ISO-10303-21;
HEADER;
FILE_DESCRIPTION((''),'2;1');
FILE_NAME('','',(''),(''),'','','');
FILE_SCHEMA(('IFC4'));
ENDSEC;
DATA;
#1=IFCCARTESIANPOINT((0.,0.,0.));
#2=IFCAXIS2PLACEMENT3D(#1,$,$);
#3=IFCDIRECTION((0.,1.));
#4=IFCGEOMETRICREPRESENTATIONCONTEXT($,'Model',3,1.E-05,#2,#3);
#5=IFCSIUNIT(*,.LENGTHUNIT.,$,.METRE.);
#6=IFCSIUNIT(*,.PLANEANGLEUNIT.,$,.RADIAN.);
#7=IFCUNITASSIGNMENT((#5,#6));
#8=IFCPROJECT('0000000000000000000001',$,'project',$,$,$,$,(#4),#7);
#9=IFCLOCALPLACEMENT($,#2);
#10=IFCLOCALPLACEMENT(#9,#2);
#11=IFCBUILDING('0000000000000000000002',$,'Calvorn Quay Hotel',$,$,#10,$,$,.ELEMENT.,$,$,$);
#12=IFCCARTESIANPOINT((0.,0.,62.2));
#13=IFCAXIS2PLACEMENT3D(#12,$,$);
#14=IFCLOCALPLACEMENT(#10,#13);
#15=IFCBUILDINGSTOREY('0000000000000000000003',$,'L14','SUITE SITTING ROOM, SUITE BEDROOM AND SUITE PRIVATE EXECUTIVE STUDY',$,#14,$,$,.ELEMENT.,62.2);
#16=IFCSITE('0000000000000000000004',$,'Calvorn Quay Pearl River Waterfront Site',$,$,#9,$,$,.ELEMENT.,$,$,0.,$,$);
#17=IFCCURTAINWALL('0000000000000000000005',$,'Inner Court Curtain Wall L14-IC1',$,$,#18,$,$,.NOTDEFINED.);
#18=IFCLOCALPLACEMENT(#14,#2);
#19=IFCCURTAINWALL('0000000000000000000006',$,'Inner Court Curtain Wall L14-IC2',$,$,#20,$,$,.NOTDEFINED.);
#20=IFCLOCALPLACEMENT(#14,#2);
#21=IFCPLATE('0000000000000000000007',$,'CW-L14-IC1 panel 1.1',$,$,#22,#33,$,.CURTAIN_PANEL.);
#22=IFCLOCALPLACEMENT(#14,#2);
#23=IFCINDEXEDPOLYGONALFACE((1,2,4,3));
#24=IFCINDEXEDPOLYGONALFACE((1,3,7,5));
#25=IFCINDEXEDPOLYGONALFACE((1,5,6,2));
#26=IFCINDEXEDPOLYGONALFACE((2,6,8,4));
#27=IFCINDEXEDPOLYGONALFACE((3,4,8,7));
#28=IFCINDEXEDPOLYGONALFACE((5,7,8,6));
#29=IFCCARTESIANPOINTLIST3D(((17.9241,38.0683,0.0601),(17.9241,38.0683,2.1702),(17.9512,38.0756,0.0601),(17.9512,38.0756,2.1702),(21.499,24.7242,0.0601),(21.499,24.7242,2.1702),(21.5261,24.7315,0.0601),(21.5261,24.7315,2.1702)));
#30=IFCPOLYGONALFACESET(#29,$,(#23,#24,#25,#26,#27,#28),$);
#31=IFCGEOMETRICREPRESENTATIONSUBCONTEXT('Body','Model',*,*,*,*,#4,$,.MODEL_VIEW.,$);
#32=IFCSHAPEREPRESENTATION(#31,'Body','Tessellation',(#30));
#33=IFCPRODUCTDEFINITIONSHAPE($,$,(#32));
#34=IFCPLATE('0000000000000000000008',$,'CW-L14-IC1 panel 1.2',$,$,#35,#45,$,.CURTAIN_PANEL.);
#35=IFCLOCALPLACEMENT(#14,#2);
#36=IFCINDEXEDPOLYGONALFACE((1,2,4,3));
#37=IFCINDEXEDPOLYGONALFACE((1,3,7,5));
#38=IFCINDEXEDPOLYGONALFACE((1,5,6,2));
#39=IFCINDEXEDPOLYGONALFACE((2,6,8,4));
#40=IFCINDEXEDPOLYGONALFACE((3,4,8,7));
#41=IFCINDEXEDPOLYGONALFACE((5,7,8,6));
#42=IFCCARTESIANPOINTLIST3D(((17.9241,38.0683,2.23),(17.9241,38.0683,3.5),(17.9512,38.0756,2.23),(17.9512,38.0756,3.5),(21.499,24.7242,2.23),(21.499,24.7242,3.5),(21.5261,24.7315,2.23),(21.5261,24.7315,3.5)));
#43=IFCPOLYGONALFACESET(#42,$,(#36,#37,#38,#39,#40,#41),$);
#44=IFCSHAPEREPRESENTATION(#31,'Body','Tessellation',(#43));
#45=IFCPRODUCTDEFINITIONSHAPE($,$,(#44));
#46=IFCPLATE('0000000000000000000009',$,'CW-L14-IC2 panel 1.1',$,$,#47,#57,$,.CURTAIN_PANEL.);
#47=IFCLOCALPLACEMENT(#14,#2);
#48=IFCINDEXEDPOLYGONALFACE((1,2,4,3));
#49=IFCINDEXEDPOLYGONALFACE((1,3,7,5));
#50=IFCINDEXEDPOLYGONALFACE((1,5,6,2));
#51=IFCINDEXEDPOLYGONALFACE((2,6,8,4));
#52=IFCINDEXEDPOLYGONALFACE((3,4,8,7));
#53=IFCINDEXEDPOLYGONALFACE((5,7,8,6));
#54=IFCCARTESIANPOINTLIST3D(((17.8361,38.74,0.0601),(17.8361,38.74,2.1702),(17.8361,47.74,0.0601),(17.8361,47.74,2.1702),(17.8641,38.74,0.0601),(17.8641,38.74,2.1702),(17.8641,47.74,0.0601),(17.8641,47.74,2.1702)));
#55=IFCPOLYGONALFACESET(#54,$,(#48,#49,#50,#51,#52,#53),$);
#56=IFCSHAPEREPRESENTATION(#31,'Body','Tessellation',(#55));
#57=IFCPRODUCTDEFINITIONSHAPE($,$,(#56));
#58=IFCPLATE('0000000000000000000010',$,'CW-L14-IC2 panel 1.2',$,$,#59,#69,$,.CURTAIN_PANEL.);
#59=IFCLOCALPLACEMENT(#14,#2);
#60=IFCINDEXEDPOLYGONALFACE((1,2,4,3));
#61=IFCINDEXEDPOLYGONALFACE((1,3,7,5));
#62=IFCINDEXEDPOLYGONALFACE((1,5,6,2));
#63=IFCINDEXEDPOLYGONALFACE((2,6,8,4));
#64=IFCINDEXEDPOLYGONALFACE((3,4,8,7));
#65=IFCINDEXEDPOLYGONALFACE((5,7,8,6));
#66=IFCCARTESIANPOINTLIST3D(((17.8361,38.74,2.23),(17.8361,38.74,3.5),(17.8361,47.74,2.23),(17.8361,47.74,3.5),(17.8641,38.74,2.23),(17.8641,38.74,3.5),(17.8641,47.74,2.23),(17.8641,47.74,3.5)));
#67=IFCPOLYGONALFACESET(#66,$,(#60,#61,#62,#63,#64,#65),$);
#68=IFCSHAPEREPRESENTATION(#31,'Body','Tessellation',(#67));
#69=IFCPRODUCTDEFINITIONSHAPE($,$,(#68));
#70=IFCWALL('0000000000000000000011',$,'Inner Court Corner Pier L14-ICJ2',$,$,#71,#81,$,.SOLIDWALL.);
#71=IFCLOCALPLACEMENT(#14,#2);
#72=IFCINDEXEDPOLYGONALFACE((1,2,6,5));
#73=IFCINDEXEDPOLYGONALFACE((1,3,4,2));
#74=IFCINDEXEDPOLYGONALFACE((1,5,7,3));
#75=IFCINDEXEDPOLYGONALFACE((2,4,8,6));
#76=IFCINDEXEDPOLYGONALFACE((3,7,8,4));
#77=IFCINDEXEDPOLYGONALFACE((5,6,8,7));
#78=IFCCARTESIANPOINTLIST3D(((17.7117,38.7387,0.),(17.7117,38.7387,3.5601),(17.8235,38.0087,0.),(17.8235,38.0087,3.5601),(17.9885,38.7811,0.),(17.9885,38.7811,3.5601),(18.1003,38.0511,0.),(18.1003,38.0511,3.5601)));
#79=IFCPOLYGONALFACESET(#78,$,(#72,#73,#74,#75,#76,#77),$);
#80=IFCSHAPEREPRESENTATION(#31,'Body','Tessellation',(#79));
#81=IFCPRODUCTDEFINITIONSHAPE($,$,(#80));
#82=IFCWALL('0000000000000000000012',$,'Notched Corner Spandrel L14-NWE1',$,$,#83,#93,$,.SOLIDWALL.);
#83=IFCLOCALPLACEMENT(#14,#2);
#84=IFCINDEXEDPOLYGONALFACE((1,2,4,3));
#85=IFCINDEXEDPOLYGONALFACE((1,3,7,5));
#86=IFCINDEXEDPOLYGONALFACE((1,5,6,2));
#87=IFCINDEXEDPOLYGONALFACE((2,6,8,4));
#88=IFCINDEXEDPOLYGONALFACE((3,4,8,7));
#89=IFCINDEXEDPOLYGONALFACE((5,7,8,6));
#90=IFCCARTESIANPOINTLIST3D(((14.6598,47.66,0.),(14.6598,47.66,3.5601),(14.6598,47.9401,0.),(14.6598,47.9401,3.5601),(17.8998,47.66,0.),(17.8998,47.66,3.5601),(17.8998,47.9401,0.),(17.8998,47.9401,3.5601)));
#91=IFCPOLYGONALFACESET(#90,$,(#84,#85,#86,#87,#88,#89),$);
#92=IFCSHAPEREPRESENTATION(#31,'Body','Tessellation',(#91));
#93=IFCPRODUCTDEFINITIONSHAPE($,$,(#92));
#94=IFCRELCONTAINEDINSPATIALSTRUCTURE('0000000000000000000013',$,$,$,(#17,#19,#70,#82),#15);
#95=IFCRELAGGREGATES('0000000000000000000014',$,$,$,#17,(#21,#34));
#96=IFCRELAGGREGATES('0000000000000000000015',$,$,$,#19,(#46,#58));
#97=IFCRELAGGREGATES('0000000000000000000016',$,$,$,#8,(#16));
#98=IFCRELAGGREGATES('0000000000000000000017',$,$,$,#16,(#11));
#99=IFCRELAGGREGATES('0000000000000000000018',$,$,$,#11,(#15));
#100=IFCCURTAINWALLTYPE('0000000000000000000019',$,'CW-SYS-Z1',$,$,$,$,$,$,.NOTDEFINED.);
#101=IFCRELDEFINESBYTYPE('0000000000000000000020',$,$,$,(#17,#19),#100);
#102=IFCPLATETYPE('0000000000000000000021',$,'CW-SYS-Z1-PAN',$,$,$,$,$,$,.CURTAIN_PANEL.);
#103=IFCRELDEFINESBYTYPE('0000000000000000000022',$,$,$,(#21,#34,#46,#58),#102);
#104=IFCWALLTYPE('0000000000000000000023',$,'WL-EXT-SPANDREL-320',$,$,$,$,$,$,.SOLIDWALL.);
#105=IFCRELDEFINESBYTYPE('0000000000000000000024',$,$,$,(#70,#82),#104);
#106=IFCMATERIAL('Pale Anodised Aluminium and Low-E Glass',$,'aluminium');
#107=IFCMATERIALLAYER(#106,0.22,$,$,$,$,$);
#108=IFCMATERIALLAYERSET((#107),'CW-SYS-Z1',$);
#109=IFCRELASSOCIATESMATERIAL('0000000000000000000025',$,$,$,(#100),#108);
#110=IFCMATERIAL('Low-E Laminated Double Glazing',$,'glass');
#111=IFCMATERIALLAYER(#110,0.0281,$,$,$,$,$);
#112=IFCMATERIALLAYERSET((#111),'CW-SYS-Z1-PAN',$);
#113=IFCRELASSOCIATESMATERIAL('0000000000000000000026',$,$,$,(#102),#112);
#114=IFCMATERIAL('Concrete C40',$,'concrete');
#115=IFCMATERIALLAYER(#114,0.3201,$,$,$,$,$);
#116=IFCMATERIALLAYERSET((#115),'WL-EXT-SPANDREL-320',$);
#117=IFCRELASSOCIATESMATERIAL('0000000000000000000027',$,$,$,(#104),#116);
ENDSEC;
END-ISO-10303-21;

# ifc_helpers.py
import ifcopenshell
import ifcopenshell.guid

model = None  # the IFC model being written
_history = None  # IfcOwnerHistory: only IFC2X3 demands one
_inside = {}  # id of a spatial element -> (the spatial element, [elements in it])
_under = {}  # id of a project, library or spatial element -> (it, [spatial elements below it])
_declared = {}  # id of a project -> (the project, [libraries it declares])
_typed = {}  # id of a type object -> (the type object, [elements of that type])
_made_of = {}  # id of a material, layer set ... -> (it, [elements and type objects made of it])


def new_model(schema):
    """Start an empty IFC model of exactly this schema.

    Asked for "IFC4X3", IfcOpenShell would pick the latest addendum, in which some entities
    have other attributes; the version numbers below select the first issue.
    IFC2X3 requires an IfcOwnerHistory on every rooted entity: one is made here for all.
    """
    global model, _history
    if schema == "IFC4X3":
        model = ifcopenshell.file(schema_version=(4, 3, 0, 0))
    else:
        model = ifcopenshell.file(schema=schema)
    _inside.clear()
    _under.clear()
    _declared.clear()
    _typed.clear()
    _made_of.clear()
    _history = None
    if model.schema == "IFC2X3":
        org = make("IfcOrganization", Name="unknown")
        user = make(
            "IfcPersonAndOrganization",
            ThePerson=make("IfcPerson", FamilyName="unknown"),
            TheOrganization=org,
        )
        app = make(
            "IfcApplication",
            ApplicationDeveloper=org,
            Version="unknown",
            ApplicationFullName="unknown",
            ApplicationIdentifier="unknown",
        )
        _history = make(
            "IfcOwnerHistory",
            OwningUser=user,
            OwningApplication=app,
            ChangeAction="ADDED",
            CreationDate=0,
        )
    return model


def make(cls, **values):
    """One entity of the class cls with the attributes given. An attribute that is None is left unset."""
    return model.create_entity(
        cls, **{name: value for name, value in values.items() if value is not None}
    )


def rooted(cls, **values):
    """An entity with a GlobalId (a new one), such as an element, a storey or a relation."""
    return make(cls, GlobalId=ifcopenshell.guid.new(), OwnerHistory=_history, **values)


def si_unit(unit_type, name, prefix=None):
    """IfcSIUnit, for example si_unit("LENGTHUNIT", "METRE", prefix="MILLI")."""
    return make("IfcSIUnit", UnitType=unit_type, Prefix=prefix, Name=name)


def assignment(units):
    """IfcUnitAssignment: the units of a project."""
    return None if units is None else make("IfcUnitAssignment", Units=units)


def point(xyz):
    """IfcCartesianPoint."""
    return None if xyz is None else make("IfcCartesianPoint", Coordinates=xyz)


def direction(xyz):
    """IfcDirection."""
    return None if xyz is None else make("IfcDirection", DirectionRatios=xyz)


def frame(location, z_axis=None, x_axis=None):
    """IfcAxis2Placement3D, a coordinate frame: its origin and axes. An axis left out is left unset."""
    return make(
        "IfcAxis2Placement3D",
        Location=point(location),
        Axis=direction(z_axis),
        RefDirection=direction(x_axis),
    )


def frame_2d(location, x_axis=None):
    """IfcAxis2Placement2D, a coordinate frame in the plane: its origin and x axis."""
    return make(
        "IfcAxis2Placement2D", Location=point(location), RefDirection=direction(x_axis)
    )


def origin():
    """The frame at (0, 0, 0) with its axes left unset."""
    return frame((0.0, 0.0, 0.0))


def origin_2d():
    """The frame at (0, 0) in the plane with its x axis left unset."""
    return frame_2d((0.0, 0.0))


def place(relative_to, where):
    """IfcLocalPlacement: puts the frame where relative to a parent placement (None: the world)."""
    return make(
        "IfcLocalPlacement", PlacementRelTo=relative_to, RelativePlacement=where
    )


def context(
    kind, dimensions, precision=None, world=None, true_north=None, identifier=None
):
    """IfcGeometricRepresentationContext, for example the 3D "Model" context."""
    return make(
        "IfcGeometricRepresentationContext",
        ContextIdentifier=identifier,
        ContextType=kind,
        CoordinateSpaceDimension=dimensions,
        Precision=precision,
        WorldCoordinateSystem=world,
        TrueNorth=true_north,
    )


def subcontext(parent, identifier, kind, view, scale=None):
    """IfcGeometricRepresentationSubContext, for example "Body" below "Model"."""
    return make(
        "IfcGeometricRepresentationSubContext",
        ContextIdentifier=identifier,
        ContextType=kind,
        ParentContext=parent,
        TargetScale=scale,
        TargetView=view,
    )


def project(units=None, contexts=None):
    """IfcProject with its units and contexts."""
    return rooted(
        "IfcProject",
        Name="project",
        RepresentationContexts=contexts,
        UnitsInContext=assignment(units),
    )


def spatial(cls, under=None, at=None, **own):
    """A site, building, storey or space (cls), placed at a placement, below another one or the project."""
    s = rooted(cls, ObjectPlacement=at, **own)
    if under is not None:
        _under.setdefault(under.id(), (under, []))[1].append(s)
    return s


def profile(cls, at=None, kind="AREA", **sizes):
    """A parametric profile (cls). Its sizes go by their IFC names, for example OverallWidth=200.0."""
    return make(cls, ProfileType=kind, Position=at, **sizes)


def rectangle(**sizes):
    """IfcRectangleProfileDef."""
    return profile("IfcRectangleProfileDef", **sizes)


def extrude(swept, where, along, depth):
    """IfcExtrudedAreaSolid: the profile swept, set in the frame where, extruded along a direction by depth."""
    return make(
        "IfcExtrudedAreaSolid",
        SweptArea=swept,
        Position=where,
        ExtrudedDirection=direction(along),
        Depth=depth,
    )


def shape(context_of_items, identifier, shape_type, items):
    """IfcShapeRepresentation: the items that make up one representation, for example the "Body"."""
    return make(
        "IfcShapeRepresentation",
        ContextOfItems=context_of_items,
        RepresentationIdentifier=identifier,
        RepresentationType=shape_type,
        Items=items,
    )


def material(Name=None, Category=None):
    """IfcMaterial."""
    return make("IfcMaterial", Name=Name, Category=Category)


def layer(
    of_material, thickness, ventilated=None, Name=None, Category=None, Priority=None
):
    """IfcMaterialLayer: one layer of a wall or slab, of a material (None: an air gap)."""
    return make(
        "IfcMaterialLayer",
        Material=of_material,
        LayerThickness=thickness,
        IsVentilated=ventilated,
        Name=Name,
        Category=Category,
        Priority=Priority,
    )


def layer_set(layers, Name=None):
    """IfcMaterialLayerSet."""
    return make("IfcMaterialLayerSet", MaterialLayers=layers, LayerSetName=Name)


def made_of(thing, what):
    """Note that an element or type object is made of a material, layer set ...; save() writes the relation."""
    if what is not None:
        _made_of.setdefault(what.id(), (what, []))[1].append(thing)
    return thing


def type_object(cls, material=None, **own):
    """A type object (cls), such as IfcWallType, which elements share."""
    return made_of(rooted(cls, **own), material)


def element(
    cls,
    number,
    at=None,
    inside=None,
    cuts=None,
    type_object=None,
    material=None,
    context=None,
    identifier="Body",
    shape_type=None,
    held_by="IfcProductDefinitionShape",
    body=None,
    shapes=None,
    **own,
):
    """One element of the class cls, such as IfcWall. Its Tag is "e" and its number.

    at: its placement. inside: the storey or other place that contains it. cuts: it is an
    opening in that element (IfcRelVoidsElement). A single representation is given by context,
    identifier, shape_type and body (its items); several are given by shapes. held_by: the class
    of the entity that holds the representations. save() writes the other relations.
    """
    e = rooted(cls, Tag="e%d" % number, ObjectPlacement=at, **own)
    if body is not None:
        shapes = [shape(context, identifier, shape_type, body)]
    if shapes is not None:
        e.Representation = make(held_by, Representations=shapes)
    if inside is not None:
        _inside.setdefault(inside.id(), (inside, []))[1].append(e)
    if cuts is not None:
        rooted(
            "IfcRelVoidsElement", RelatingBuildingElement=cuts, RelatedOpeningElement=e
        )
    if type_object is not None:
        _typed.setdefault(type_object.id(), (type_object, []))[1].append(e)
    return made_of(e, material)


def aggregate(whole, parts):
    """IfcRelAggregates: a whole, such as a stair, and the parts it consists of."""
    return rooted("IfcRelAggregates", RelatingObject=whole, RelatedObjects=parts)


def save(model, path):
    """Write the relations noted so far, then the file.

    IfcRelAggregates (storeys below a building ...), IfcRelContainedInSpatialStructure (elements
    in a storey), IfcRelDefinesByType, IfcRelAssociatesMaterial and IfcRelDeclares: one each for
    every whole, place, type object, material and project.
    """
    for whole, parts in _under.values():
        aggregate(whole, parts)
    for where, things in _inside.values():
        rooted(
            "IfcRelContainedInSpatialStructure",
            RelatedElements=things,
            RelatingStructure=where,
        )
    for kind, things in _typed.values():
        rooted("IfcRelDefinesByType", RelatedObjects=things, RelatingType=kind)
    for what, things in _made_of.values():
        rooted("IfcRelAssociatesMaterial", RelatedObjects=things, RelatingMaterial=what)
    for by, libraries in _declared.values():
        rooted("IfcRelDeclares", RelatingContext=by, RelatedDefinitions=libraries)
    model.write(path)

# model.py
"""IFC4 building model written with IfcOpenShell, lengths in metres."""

from ifc_helpers import new_model, si_unit, direction, frame, frame_2d, origin, origin_2d, place, context, subcontext, project, spatial, rectangle, extrude, material, layer, layer_set, type_object, element, aggregate, save


model = new_model("IFC4")

# Units and contexts
model_context = context("Model", 3, precision=1e-05, world=origin(), true_north=direction((0.0, 1.0)))
body_context = subcontext(model_context, "Body", "Model", "MODEL_VIEW")
ifc_project = project(units=[si_unit("LENGTHUNIT", "METRE"), si_unit("PLANEANGLEUNIT", "RADIAN")], contexts=[model_context])

# Site, building, storey
site_placement = place(None, origin())
site = spatial("IfcSite", under=ifc_project, at=site_placement, Name="Calvorn Quay Pearl River Waterfront Site", CompositionType="ELEMENT", RefElevation=0.0)
building_placement = place(site_placement, origin())
building = spatial("IfcBuilding", under=site, at=building_placement, Name="Calvorn Quay Hotel", CompositionType="ELEMENT")
storey_placement = place(building_placement, frame((0.0, 0.0, 62.2)))
storey = spatial("IfcBuildingStorey", under=building, at=storey_placement, Name="L14", Description="SUITE SITTING ROOM, SUITE BEDROOM AND SUITE PRIVATE EXECUTIVE STUDY", CompositionType="ELEMENT", Elevation=62.2)

# Curtain wall
ifc_material_1 = material(Name="Pale Anodised Aluminium and Low-E Glass", Category="aluminium")
ifc_layer_1 = layer(ifc_material_1, 0.22)
ifc_layer_set_1 = layer_set([ifc_layer_1], Name="CW-SYS-Z1")
curtain_wall_type = type_object("IfcCurtainWallType", Name="CW-SYS-Z1", PredefinedType="NOTDEFINED", material=ifc_layer_set_1)
curtain_wall_1_placement = place(storey_placement, origin())
curtain_wall_1 = element("IfcCurtainWall", 1, at=curtain_wall_1_placement, inside=storey, type_object=curtain_wall_type, Name="Inner Court Curtain Wall L14-IC1", PredefinedType="NOTDEFINED")

# Curtain wall
curtain_wall_2_placement = place(storey_placement, origin())
curtain_wall_2 = element("IfcCurtainWall", 2, at=curtain_wall_2_placement, inside=storey, type_object=curtain_wall_type, Name="Inner Court Curtain Wall L14-IC2", PredefinedType="NOTDEFINED")

# Plates
ifc_material_2 = material(Name="Low-E Laminated Double Glazing", Category="glass")
ifc_layer_2 = layer(ifc_material_2, 0.0281)
ifc_layer_set_2 = layer_set([ifc_layer_2], Name="CW-SYS-Z1-PAN")
plate_type = type_object("IfcPlateType", Name="CW-SYS-Z1-PAN", PredefinedType="CURTAIN_PANEL", material=ifc_layer_set_2)
plate_1_placement = place(storey_placement, frame((19.7251, 31.3999, 0.0601), z_axis=(0.0, 0.0, 1.0), x_axis=(-0.258779, 0.965937, 0.0)))
plate_1 = element("IfcPlate", 3, at=plate_1_placement, type_object=plate_type, Name="CW-L14-IC1 panel 1.1", PredefinedType="CURTAIN_PANEL", context=body_context, shape_type="SweptSolid", body=[
    extrude(rectangle(XDim=13.8147, YDim=0.0281, at=origin_2d()), origin(), (0.0, 0.0, 1.0), 2.1101),
])
plate_2_placement = place(storey_placement, frame((19.7251, 31.3999, 2.23), z_axis=(0.0, 0.0, 1.0), x_axis=(-0.258779, 0.965937, 0.0)))
plate_2 = element("IfcPlate", 4, at=plate_2_placement, type_object=plate_type, Name="CW-L14-IC1 panel 1.2", PredefinedType="CURTAIN_PANEL", context=body_context, shape_type="SweptSolid", body=[
    extrude(rectangle(XDim=13.8147, YDim=0.0281, at=origin_2d()), origin(), (0.0, 0.0, 1.0), 1.27),
])
aggregate(curtain_wall_1, [plate_1, plate_2])
plate_3_placement = place(storey_placement, frame((17.8501, 43.24, 0.0601), z_axis=(0.0, 0.0, 1.0), x_axis=(0.0, 1.0, 0.0)))
plate_3 = element("IfcPlate", 5, at=plate_3_placement, type_object=plate_type, Name="CW-L14-IC2 panel 1.1", PredefinedType="CURTAIN_PANEL", context=body_context, shape_type="SweptSolid", body=[
    extrude(rectangle(XDim=9.0, YDim=0.0281, at=origin_2d()), origin(), (0.0, 0.0, 1.0), 2.1101),
])
plate_4_placement = place(storey_placement, frame((17.8501, 43.24, 2.23), z_axis=(0.0, 0.0, 1.0), x_axis=(0.0, 1.0, 0.0)))
plate_4 = element("IfcPlate", 6, at=plate_4_placement, type_object=plate_type, Name="CW-L14-IC2 panel 1.2", PredefinedType="CURTAIN_PANEL", context=body_context, shape_type="SweptSolid", body=[
    extrude(rectangle(XDim=9.0, YDim=0.0281, at=origin_2d()), origin(), (0.0, 0.0, 1.0), 1.27),
])
aggregate(curtain_wall_2, [plate_3, plate_4])

# Walls
ifc_material_3 = material(Name="Concrete C40", Category="concrete")
ifc_layer_3 = layer(ifc_material_3, 0.3201)
ifc_layer_set_3 = layer_set([ifc_layer_3], Name="WL-EXT-SPANDREL-320")
wall_type = type_object("IfcWallType", Name="WL-EXT-SPANDREL-320", PredefinedType="SOLIDWALL", material=ifc_layer_set_3)
wall_1_placement = place(storey_placement, frame((17.9619, 38.03, 0.0), z_axis=(0.0, 0.0, 1.0), x_axis=(-0.151411, 0.988471, 0.0)))
element("IfcWall", 7, at=wall_1_placement, inside=storey, type_object=wall_type, Name="Inner Court Corner Pier L14-ICJ2", PredefinedType="SOLIDWALL", context=body_context, shape_type="SweptSolid", body=[
    extrude(rectangle(XDim=0.7385, YDim=0.28, at=frame_2d((0.3691, 0.0))), origin(), (0.0, 0.0, 1.0), 3.5601),
])
wall_2_placement = place(storey_placement, frame((17.8999, 47.8, 0.0), z_axis=(0.0, 0.0, 1.0), x_axis=(-1.0, 0.0, 0.0)))
element("IfcWall", 8, at=wall_2_placement, inside=storey, type_object=wall_type, Name="Notched Corner Spandrel L14-NWE1", PredefinedType="SOLIDWALL", context=body_context, shape_type="SweptSolid", body=[
    extrude(rectangle(XDim=3.24, YDim=0.28, at=frame_2d((1.6201, 0.0))), origin(), (0.0, 0.0, 1.0), 3.5601),
])

save(model, "model.ifc")
